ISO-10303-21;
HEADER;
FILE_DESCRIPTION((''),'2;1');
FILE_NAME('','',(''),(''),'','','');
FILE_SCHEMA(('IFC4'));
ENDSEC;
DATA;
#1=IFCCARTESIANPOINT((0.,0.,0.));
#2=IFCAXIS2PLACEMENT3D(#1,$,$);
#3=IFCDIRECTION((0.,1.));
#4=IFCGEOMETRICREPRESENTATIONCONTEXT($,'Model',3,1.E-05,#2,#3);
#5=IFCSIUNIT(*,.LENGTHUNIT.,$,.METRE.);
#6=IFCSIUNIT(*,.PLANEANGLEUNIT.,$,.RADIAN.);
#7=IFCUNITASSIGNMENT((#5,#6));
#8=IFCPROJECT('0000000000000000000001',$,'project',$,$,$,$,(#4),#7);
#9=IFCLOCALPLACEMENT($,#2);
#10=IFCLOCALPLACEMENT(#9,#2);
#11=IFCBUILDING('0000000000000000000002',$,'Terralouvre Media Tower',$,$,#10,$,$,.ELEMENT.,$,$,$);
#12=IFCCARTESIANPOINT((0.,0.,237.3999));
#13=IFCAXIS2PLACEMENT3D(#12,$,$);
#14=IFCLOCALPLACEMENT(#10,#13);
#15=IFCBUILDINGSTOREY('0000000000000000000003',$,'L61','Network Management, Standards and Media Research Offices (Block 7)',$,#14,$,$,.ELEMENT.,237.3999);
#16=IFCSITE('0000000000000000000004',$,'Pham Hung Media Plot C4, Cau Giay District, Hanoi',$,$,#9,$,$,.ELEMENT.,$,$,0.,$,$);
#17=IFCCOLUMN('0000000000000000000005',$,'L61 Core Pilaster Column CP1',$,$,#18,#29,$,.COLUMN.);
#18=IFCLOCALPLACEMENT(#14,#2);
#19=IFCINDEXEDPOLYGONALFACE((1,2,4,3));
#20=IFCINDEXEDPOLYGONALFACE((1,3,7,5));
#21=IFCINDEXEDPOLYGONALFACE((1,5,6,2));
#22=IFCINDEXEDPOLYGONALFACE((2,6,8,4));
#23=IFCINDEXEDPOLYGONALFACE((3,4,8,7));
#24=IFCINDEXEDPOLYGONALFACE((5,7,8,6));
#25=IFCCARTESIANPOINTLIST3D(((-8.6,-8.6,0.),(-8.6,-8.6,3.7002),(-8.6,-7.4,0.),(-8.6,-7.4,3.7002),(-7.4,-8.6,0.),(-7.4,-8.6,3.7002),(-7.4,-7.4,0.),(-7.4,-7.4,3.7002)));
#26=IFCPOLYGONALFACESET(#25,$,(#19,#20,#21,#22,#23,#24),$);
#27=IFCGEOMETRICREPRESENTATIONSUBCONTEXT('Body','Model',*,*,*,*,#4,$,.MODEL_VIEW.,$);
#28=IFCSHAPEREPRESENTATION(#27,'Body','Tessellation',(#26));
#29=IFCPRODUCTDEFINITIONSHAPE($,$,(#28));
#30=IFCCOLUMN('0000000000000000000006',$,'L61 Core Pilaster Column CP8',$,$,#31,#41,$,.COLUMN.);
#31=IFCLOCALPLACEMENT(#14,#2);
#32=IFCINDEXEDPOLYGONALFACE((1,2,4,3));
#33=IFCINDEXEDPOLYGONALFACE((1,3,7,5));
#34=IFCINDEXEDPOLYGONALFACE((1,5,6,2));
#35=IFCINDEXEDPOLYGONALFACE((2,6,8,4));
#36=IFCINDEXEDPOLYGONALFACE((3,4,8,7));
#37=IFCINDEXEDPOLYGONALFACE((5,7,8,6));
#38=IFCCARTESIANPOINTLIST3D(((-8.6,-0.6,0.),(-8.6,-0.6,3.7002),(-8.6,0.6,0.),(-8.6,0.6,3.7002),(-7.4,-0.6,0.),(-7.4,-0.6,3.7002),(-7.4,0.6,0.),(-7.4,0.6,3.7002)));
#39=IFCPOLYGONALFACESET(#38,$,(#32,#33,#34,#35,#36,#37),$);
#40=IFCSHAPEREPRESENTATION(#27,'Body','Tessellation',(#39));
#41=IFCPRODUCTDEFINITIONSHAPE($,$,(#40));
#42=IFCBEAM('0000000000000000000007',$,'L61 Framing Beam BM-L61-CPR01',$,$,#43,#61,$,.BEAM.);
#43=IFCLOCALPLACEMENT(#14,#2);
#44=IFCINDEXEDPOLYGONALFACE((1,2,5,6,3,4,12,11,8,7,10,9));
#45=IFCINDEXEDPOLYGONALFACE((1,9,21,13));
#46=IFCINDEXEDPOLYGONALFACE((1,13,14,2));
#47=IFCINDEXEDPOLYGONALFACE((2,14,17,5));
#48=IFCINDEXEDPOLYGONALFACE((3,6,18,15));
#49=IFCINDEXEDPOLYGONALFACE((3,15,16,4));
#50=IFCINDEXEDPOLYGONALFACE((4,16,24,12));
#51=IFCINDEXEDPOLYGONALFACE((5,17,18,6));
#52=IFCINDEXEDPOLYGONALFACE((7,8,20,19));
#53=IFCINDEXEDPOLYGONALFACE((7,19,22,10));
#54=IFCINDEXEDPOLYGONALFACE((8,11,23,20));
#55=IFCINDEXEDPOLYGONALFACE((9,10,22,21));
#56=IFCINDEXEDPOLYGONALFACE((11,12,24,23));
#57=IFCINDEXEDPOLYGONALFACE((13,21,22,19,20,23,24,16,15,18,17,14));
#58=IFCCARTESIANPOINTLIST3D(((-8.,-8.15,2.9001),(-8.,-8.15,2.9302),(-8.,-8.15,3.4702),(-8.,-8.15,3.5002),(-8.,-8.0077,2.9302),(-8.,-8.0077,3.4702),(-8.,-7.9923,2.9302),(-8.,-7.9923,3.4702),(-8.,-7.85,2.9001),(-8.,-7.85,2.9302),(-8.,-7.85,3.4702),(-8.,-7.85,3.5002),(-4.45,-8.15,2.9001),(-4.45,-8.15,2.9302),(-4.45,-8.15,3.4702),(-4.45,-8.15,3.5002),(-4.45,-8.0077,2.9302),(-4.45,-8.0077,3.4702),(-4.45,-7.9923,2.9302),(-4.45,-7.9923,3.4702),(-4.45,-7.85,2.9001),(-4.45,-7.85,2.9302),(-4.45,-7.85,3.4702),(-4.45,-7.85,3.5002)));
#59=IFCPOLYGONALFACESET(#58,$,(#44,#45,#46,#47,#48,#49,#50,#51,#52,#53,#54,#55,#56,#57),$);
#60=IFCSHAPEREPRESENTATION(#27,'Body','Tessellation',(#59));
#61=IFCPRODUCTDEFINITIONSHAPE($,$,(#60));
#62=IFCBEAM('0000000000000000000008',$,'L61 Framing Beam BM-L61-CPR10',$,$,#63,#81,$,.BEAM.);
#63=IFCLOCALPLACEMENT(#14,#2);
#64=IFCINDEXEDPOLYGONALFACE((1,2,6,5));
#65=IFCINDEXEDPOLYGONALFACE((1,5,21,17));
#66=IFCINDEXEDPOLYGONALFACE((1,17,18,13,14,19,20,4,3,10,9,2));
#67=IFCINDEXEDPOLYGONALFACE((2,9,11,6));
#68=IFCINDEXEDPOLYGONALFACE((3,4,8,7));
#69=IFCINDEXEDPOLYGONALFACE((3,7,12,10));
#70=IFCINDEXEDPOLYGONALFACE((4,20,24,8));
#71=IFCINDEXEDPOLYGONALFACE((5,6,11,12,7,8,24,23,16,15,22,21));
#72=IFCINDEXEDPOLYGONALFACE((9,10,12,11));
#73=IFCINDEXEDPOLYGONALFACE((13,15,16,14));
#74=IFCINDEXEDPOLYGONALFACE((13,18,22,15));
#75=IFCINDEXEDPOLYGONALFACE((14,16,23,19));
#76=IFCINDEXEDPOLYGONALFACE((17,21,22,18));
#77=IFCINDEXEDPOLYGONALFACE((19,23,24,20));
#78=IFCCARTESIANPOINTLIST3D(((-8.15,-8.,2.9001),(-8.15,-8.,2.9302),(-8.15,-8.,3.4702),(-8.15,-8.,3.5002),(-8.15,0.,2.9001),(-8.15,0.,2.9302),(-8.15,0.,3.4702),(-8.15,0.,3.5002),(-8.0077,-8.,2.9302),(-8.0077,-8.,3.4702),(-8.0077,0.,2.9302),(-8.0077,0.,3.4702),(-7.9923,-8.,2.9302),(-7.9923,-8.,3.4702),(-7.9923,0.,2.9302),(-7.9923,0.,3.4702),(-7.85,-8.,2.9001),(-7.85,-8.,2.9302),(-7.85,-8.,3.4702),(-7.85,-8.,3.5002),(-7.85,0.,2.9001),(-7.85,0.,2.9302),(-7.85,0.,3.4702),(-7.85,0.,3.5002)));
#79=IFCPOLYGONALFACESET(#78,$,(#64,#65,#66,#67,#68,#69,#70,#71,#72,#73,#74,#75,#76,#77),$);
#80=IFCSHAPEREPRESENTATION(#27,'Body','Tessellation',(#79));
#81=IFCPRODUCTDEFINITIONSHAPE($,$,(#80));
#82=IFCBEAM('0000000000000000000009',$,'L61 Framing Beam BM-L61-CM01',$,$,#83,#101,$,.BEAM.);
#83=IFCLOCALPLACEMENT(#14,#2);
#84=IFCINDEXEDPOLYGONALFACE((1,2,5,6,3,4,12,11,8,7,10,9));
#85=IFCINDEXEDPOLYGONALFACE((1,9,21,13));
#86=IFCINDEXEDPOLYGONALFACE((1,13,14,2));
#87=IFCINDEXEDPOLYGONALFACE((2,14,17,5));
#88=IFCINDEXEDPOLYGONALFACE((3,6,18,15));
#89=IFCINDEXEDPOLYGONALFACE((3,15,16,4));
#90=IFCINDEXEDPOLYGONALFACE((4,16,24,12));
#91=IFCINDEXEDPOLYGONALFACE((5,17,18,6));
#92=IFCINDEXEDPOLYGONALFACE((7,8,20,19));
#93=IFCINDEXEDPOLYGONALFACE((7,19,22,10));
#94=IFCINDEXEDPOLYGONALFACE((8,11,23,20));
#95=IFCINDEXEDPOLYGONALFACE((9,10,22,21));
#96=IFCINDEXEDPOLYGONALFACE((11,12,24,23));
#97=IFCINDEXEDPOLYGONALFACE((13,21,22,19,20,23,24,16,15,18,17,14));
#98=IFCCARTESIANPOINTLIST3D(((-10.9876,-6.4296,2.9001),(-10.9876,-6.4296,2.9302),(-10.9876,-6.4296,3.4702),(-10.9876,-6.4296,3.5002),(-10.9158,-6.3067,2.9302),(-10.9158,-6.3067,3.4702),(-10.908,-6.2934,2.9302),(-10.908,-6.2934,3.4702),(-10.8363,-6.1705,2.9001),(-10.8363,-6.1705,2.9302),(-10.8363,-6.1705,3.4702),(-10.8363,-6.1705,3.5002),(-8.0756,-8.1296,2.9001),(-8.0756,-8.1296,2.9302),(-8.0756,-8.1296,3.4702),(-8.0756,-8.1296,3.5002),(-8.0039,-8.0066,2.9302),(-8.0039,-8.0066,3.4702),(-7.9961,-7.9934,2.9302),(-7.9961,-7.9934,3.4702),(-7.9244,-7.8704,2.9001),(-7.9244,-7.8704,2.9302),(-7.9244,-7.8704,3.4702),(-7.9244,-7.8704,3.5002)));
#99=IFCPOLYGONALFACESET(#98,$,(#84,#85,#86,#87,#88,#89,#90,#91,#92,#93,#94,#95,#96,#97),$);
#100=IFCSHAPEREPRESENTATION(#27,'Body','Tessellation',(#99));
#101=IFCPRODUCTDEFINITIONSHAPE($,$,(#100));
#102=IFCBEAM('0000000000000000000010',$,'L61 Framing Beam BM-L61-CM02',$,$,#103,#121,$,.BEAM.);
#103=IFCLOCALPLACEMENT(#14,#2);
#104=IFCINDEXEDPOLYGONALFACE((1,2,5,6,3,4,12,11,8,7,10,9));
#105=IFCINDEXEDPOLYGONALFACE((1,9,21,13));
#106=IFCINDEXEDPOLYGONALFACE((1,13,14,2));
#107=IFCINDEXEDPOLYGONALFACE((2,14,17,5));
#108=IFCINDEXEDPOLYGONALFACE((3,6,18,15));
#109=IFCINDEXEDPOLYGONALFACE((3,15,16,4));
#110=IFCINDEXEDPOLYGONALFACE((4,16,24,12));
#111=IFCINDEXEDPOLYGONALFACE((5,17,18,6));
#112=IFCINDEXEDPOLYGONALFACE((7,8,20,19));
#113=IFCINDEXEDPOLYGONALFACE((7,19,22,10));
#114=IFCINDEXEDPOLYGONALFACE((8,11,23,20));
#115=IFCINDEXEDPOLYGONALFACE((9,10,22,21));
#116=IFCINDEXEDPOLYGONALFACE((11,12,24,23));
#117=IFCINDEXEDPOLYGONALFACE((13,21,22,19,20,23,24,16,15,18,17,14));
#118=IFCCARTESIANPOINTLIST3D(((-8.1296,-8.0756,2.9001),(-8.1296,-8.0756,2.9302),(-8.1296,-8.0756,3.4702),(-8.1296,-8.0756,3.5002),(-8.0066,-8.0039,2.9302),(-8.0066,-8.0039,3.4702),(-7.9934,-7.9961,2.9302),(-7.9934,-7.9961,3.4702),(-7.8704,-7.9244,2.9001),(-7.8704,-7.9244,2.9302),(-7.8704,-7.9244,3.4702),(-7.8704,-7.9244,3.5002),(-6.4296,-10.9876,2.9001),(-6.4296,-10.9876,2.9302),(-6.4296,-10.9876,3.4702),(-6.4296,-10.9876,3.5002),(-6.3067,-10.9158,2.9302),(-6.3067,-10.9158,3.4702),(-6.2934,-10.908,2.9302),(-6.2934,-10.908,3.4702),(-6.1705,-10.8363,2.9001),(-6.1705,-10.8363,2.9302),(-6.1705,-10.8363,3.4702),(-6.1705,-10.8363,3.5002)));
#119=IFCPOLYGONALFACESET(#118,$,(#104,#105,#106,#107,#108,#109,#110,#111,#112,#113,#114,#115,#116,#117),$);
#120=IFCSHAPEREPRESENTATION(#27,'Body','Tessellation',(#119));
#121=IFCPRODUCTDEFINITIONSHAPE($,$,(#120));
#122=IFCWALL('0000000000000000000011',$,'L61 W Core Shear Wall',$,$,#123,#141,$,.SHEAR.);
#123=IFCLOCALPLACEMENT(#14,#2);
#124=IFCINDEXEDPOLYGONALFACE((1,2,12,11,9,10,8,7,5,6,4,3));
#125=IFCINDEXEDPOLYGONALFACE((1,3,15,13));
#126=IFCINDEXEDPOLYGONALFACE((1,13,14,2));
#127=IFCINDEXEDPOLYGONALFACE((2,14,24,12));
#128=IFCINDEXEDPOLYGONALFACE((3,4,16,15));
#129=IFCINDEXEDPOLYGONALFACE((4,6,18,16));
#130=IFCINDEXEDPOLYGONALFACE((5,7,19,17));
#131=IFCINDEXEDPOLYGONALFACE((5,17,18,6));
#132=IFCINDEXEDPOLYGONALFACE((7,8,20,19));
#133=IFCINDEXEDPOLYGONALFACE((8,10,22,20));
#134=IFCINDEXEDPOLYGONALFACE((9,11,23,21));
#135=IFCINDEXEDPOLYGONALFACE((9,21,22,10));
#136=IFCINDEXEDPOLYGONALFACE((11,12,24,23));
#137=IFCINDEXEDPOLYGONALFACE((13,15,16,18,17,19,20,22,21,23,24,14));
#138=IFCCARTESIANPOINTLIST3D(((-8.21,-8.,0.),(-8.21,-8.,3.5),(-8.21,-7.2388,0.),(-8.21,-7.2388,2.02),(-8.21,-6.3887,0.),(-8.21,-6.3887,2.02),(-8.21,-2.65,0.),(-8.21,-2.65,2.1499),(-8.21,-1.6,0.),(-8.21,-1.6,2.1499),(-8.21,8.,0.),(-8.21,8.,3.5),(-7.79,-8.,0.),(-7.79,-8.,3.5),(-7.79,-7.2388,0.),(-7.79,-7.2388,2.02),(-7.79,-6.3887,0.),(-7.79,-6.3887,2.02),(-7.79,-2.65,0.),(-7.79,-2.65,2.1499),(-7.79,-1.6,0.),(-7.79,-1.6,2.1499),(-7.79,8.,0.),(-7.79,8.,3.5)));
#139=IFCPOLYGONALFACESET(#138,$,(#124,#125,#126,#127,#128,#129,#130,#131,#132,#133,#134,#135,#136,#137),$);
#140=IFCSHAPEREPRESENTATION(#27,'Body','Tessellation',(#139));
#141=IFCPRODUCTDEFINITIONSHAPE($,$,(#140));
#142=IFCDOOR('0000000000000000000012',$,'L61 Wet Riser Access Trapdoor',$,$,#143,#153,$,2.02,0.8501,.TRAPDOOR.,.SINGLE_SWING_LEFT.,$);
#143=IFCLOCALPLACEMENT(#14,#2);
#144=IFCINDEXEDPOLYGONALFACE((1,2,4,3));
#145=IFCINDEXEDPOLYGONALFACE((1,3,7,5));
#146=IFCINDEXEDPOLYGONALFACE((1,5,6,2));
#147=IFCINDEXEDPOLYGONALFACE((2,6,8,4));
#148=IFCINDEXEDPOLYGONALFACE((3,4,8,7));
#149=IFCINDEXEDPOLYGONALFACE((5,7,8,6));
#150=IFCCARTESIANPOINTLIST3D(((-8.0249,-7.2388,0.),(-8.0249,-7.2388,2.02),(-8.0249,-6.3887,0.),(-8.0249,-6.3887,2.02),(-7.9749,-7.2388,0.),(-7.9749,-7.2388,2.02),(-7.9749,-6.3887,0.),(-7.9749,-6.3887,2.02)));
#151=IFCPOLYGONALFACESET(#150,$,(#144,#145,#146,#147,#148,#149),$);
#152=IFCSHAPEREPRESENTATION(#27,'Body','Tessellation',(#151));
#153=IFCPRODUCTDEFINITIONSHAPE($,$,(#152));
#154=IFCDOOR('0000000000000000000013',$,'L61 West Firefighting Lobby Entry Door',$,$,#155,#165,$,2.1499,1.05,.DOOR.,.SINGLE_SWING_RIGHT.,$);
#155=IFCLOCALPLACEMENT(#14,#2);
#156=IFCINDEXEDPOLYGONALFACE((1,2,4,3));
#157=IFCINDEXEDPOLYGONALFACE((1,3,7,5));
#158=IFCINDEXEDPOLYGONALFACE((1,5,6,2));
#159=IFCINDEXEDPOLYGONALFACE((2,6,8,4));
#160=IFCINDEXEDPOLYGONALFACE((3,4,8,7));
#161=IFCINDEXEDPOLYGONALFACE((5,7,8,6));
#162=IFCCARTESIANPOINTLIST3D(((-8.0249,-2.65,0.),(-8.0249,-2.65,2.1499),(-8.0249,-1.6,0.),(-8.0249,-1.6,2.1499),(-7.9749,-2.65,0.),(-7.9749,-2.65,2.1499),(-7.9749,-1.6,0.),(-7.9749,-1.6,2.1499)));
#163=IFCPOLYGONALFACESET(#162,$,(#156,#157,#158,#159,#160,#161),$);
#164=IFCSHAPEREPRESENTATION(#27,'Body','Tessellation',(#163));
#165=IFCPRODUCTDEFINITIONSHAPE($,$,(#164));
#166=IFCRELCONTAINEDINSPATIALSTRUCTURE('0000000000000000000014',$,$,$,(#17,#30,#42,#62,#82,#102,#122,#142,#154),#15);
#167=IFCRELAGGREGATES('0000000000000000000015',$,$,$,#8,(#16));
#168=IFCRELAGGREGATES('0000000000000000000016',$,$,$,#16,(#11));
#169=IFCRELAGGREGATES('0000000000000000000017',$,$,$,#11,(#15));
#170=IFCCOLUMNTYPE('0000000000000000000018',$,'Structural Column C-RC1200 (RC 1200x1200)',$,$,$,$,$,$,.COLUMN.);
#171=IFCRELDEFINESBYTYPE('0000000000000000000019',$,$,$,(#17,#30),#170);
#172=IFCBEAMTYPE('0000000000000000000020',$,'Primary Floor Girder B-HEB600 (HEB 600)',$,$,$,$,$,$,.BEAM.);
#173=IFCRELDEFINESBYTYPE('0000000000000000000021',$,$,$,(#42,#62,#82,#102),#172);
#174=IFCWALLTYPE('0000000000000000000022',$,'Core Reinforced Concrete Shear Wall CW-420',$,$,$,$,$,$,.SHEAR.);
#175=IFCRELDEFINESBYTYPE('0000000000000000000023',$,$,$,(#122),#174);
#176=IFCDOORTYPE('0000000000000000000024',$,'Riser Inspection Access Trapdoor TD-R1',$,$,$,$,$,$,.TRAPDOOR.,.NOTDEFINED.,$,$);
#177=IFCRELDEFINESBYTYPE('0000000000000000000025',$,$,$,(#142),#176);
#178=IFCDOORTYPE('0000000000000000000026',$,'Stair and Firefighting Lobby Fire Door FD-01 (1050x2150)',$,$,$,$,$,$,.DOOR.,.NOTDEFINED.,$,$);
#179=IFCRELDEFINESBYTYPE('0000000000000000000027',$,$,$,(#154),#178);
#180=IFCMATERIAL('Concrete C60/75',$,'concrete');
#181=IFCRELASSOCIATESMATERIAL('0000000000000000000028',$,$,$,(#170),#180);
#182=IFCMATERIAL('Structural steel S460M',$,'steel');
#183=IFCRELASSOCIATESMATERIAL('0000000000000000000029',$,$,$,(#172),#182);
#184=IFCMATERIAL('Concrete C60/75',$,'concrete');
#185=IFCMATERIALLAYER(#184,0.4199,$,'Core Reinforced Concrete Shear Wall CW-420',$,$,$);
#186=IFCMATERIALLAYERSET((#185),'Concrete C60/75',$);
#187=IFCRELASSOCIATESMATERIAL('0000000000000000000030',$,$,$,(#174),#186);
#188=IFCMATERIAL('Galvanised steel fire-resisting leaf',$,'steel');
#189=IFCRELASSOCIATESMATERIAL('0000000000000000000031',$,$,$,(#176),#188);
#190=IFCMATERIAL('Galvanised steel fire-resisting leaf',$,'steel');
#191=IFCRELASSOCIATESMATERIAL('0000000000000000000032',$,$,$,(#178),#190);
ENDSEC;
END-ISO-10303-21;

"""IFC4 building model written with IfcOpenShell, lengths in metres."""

from ifc_helpers import new_model, si_unit, direction, frame, frame_2d, origin, origin_2d, place, context, subcontext, project, spatial, rectangle, i_section, extrude, material, layer, layer_set, material_profile, profile_set, type_object, element, fill, save


model = new_model("IFC4")

# Units and contexts
model_context = context("Model", 3, precision=1e-05, world=origin(), true_north=direction((0.0, 1.0)))
body_context = subcontext(model_context, "Body", "Model", "MODEL_VIEW")
ifc_project = project(units=[si_unit("LENGTHUNIT", "METRE"), si_unit("PLANEANGLEUNIT", "RADIAN")], contexts=[model_context])

# Site, building, storey
site_placement = place(None, origin())
site = spatial("IfcSite", under=ifc_project, at=site_placement, Name="Pham Hung Media Plot C4, Cau Giay District, Hanoi", CompositionType="ELEMENT", RefElevation=0.0)
building_placement = place(site_placement, origin())
building = spatial("IfcBuilding", under=site, at=building_placement, Name="Terralouvre Media Tower", CompositionType="ELEMENT")
storey_placement = place(building_placement, frame((0.0, 0.0, 237.3999)))
storey = spatial("IfcBuildingStorey", under=building, at=storey_placement, Name="L61", Description="Network Management, Standards and Media Research Offices (Block 7)", CompositionType="ELEMENT", Elevation=237.3999)

# Columns
ifc_material_1 = material(Name="Concrete C60/75", Category="concrete")
ifc_material_profile_1 = material_profile(ifc_material_1, rectangle(XDim=1.2, YDim=1.2, at=origin_2d()), Name="RC 1200x1200")
ifc_profile_set_1 = profile_set([ifc_material_profile_1], Name="Concrete C60/75")
column_type = type_object("IfcColumnType", Name="Structural Column C-RC1200 (RC 1200x1200)", PredefinedType="COLUMN", material=ifc_profile_set_1)
for number, where, z_axis, x_axis, name in (
    (1, (-8.0, -8.0, 0.0), (0.0, 0.0, 1.0), (1.0, 0.0, 0.0), "L61 Core Pilaster Column CP1"),
    (2, (-8.0, 0.0, 0.0), (0.0, 0.0, 1.0), (1.0, 0.0, 0.0), "L61 Core Pilaster Column CP8"),
):
    element("IfcColumn", number, at=place(storey_placement, frame(where, z_axis=z_axis, x_axis=x_axis)), inside=storey, type_object=column_type, Name=name, PredefinedType="COLUMN", context=body_context, shape_type="SweptSolid", body=[
        extrude(rectangle(XDim=1.2, YDim=1.2, at=origin_2d()), origin(), (0.0, 0.0, 1.0), 3.7002),
    ])

# Beams
ifc_material_2 = material(Name="Structural steel S460M", Category="steel")
ifc_material_profile_2 = material_profile(ifc_material_2, i_section(OverallWidth=0.3, OverallDepth=0.6001, WebThickness=0.0154, FlangeThickness=0.03, at=origin_2d()), Name="HEB 600")
ifc_profile_set_2 = profile_set([ifc_material_profile_2], Name="Structural steel S460M")
beam_type = type_object("IfcBeamType", Name="Primary Floor Girder B-HEB600 (HEB 600)", PredefinedType="BEAM", material=ifc_profile_set_2)
beam_1_placement = place(storey_placement, frame((-8.0, -8.0, 3.2002), z_axis=(1.0, 0.0, 0.0), x_axis=(0.0, 1.0, 0.0)))
element("IfcBeam", 3, at=beam_1_placement, inside=storey, type_object=beam_type, Name="L61 Framing Beam BM-L61-CPR01", PredefinedType="BEAM", context=body_context, shape_type="SweptSolid", body=[
    extrude(i_section(OverallWidth=0.3, OverallDepth=0.6001, WebThickness=0.0154, FlangeThickness=0.03, at=origin_2d()), origin(), (0.0, 0.0, 1.0), 3.55),
])
beam_2_placement = place(storey_placement, frame((-8.0, 0.0, 3.2002), z_axis=(0.0, -1.0, 0.0), x_axis=(1.0, 0.0, 0.0)))
element("IfcBeam", 4, at=beam_2_placement, inside=storey, type_object=beam_type, Name="L61 Framing Beam BM-L61-CPR10", PredefinedType="BEAM", context=body_context, shape_type="SweptSolid", body=[
    extrude(i_section(OverallWidth=0.3, OverallDepth=0.6001, WebThickness=0.0154, FlangeThickness=0.03, at=origin_2d()), origin(), (0.0, 0.0, 1.0), 8.0),
])
for number, where, z_axis, x_axis, name in (
    (5, (-8.0, -8.0, 3.2002), (-0.863603, 0.504173, 0.0), (-0.504173, -0.863603, 0.0), "L61 Framing Beam BM-L61-CM01"),
    (6, (-8.0, -8.0, 3.2002), (0.504173, -0.863603, 0.0), (0.863603, 0.504173, 0.0), "L61 Framing Beam BM-L61-CM02"),
):
    element("IfcBeam", number, at=place(storey_placement, frame(where, z_axis=z_axis, x_axis=x_axis)), inside=storey, type_object=beam_type, Name=name, PredefinedType="BEAM", context=body_context, shape_type="SweptSolid", body=[
        extrude(i_section(OverallWidth=0.3, OverallDepth=0.6001, WebThickness=0.0154, FlangeThickness=0.03, at=origin_2d()), origin(), (0.0, 0.0, 1.0), 3.3718),
    ])

# Wall, openings, doors
ifc_material_3 = material(Name="Concrete C60/75", Category="concrete")
ifc_layer_1 = layer(ifc_material_3, 0.4199, Name="Core Reinforced Concrete Shear Wall CW-420")
ifc_layer_set_1 = layer_set([ifc_layer_1], Name="Concrete C60/75")
wall_type_1 = type_object("IfcWallType", Name="Core Reinforced Concrete Shear Wall CW-420", PredefinedType="SHEAR", material=ifc_layer_set_1)
wall_1_placement = place(storey_placement, frame((-8.0, -8.0, 0.0), z_axis=(0.0, 0.0, 1.0), x_axis=(0.0, 1.0, 0.0)))
wall_1 = element("IfcWall", 7, at=wall_1_placement, inside=storey, type_object=wall_type_1, Name="L61 W Core Shear Wall", PredefinedType="SHEAR", context=body_context, shape_type="SweptSolid", body=[
    extrude(rectangle(XDim=16.0, YDim=0.4199, at=frame_2d((8.0, 0.0))), origin(), (0.0, 0.0, 1.0), 3.5),
])
opening_1_placement = place(wall_1_placement, frame((0.7612, 0.0, 0.0)))
opening_1 = element("IfcOpeningElement", 8, at=opening_1_placement, cuts=wall_1, PredefinedType="OPENING", context=body_context, shape_type="SweptSolid", body=[
    extrude(rectangle(XDim=0.8501, YDim=2.02, at=frame_2d((0.425, 1.01))), frame((0.0, 0.22, 0.0), z_axis=(0.0, -1.0, 0.0), x_axis=(1.0, 0.0, 0.0)), (0.0, 0.0, 1.0), 0.4399),
])
opening_2_placement = place(wall_1_placement, frame((5.3501, 0.0, 0.0)))
opening_2 = element("IfcOpeningElement", 9, at=opening_2_placement, cuts=wall_1, PredefinedType="OPENING", context=body_context, shape_type="SweptSolid", body=[
    extrude(rectangle(XDim=1.05, YDim=2.1499, at=frame_2d((0.5249, 1.075))), frame((0.0, 0.22, 0.0), z_axis=(0.0, -1.0, 0.0), x_axis=(1.0, 0.0, 0.0)), (0.0, 0.0, 1.0), 0.4399),
])
ifc_material_4 = material(Name="Galvanised steel fire-resisting leaf", Category="steel")
door_type_1 = type_object("IfcDoorType", Name="Riser Inspection Access Trapdoor TD-R1", OperationType="NOTDEFINED", PredefinedType="TRAPDOOR", material=ifc_material_4)
door_1_placement = place(opening_1_placement, origin())
door_1 = element("IfcDoor", 10, at=door_1_placement, inside=storey, type_object=door_type_1, Name="L61 Wet Riser Access Trapdoor", OperationType="SINGLE_SWING_LEFT", OverallHeight=2.02, OverallWidth=0.8501, PredefinedType="TRAPDOOR", context=body_context, shape_type="SweptSolid", body=[
    extrude(rectangle(XDim=0.8501, YDim=2.02, at=frame_2d((0.425, 1.01))), frame((0.0, 0.0249, 0.0), z_axis=(0.0, -1.0, 0.0), x_axis=(1.0, 0.0, 0.0)), (0.0, 0.0, 1.0), 0.05),
])
fill(opening_1, door_1)
ifc_material_5 = material(Name="Galvanised steel fire-resisting leaf", Category="steel")
door_type_2 = type_object("IfcDoorType", Name="Stair and Firefighting Lobby Fire Door FD-01 (1050x2150)", OperationType="NOTDEFINED", PredefinedType="DOOR", material=ifc_material_5)
door_2_placement = place(opening_2_placement, origin())
door_2 = element("IfcDoor", 11, at=door_2_placement, inside=storey, type_object=door_type_2, Name="L61 West Firefighting Lobby Entry Door", OperationType="SINGLE_SWING_RIGHT", OverallHeight=2.1499, OverallWidth=1.05, PredefinedType="DOOR", context=body_context, shape_type="SweptSolid", body=[
    extrude(rectangle(XDim=1.05, YDim=2.1499, at=frame_2d((0.5249, 1.075))), frame((0.0, 0.0249, 0.0), z_axis=(0.0, -1.0, 0.0), x_axis=(1.0, 0.0, 0.0)), (0.0, 0.0, 1.0), 0.05),
])
fill(opening_2, door_2)

save(model, "model.ifc")
